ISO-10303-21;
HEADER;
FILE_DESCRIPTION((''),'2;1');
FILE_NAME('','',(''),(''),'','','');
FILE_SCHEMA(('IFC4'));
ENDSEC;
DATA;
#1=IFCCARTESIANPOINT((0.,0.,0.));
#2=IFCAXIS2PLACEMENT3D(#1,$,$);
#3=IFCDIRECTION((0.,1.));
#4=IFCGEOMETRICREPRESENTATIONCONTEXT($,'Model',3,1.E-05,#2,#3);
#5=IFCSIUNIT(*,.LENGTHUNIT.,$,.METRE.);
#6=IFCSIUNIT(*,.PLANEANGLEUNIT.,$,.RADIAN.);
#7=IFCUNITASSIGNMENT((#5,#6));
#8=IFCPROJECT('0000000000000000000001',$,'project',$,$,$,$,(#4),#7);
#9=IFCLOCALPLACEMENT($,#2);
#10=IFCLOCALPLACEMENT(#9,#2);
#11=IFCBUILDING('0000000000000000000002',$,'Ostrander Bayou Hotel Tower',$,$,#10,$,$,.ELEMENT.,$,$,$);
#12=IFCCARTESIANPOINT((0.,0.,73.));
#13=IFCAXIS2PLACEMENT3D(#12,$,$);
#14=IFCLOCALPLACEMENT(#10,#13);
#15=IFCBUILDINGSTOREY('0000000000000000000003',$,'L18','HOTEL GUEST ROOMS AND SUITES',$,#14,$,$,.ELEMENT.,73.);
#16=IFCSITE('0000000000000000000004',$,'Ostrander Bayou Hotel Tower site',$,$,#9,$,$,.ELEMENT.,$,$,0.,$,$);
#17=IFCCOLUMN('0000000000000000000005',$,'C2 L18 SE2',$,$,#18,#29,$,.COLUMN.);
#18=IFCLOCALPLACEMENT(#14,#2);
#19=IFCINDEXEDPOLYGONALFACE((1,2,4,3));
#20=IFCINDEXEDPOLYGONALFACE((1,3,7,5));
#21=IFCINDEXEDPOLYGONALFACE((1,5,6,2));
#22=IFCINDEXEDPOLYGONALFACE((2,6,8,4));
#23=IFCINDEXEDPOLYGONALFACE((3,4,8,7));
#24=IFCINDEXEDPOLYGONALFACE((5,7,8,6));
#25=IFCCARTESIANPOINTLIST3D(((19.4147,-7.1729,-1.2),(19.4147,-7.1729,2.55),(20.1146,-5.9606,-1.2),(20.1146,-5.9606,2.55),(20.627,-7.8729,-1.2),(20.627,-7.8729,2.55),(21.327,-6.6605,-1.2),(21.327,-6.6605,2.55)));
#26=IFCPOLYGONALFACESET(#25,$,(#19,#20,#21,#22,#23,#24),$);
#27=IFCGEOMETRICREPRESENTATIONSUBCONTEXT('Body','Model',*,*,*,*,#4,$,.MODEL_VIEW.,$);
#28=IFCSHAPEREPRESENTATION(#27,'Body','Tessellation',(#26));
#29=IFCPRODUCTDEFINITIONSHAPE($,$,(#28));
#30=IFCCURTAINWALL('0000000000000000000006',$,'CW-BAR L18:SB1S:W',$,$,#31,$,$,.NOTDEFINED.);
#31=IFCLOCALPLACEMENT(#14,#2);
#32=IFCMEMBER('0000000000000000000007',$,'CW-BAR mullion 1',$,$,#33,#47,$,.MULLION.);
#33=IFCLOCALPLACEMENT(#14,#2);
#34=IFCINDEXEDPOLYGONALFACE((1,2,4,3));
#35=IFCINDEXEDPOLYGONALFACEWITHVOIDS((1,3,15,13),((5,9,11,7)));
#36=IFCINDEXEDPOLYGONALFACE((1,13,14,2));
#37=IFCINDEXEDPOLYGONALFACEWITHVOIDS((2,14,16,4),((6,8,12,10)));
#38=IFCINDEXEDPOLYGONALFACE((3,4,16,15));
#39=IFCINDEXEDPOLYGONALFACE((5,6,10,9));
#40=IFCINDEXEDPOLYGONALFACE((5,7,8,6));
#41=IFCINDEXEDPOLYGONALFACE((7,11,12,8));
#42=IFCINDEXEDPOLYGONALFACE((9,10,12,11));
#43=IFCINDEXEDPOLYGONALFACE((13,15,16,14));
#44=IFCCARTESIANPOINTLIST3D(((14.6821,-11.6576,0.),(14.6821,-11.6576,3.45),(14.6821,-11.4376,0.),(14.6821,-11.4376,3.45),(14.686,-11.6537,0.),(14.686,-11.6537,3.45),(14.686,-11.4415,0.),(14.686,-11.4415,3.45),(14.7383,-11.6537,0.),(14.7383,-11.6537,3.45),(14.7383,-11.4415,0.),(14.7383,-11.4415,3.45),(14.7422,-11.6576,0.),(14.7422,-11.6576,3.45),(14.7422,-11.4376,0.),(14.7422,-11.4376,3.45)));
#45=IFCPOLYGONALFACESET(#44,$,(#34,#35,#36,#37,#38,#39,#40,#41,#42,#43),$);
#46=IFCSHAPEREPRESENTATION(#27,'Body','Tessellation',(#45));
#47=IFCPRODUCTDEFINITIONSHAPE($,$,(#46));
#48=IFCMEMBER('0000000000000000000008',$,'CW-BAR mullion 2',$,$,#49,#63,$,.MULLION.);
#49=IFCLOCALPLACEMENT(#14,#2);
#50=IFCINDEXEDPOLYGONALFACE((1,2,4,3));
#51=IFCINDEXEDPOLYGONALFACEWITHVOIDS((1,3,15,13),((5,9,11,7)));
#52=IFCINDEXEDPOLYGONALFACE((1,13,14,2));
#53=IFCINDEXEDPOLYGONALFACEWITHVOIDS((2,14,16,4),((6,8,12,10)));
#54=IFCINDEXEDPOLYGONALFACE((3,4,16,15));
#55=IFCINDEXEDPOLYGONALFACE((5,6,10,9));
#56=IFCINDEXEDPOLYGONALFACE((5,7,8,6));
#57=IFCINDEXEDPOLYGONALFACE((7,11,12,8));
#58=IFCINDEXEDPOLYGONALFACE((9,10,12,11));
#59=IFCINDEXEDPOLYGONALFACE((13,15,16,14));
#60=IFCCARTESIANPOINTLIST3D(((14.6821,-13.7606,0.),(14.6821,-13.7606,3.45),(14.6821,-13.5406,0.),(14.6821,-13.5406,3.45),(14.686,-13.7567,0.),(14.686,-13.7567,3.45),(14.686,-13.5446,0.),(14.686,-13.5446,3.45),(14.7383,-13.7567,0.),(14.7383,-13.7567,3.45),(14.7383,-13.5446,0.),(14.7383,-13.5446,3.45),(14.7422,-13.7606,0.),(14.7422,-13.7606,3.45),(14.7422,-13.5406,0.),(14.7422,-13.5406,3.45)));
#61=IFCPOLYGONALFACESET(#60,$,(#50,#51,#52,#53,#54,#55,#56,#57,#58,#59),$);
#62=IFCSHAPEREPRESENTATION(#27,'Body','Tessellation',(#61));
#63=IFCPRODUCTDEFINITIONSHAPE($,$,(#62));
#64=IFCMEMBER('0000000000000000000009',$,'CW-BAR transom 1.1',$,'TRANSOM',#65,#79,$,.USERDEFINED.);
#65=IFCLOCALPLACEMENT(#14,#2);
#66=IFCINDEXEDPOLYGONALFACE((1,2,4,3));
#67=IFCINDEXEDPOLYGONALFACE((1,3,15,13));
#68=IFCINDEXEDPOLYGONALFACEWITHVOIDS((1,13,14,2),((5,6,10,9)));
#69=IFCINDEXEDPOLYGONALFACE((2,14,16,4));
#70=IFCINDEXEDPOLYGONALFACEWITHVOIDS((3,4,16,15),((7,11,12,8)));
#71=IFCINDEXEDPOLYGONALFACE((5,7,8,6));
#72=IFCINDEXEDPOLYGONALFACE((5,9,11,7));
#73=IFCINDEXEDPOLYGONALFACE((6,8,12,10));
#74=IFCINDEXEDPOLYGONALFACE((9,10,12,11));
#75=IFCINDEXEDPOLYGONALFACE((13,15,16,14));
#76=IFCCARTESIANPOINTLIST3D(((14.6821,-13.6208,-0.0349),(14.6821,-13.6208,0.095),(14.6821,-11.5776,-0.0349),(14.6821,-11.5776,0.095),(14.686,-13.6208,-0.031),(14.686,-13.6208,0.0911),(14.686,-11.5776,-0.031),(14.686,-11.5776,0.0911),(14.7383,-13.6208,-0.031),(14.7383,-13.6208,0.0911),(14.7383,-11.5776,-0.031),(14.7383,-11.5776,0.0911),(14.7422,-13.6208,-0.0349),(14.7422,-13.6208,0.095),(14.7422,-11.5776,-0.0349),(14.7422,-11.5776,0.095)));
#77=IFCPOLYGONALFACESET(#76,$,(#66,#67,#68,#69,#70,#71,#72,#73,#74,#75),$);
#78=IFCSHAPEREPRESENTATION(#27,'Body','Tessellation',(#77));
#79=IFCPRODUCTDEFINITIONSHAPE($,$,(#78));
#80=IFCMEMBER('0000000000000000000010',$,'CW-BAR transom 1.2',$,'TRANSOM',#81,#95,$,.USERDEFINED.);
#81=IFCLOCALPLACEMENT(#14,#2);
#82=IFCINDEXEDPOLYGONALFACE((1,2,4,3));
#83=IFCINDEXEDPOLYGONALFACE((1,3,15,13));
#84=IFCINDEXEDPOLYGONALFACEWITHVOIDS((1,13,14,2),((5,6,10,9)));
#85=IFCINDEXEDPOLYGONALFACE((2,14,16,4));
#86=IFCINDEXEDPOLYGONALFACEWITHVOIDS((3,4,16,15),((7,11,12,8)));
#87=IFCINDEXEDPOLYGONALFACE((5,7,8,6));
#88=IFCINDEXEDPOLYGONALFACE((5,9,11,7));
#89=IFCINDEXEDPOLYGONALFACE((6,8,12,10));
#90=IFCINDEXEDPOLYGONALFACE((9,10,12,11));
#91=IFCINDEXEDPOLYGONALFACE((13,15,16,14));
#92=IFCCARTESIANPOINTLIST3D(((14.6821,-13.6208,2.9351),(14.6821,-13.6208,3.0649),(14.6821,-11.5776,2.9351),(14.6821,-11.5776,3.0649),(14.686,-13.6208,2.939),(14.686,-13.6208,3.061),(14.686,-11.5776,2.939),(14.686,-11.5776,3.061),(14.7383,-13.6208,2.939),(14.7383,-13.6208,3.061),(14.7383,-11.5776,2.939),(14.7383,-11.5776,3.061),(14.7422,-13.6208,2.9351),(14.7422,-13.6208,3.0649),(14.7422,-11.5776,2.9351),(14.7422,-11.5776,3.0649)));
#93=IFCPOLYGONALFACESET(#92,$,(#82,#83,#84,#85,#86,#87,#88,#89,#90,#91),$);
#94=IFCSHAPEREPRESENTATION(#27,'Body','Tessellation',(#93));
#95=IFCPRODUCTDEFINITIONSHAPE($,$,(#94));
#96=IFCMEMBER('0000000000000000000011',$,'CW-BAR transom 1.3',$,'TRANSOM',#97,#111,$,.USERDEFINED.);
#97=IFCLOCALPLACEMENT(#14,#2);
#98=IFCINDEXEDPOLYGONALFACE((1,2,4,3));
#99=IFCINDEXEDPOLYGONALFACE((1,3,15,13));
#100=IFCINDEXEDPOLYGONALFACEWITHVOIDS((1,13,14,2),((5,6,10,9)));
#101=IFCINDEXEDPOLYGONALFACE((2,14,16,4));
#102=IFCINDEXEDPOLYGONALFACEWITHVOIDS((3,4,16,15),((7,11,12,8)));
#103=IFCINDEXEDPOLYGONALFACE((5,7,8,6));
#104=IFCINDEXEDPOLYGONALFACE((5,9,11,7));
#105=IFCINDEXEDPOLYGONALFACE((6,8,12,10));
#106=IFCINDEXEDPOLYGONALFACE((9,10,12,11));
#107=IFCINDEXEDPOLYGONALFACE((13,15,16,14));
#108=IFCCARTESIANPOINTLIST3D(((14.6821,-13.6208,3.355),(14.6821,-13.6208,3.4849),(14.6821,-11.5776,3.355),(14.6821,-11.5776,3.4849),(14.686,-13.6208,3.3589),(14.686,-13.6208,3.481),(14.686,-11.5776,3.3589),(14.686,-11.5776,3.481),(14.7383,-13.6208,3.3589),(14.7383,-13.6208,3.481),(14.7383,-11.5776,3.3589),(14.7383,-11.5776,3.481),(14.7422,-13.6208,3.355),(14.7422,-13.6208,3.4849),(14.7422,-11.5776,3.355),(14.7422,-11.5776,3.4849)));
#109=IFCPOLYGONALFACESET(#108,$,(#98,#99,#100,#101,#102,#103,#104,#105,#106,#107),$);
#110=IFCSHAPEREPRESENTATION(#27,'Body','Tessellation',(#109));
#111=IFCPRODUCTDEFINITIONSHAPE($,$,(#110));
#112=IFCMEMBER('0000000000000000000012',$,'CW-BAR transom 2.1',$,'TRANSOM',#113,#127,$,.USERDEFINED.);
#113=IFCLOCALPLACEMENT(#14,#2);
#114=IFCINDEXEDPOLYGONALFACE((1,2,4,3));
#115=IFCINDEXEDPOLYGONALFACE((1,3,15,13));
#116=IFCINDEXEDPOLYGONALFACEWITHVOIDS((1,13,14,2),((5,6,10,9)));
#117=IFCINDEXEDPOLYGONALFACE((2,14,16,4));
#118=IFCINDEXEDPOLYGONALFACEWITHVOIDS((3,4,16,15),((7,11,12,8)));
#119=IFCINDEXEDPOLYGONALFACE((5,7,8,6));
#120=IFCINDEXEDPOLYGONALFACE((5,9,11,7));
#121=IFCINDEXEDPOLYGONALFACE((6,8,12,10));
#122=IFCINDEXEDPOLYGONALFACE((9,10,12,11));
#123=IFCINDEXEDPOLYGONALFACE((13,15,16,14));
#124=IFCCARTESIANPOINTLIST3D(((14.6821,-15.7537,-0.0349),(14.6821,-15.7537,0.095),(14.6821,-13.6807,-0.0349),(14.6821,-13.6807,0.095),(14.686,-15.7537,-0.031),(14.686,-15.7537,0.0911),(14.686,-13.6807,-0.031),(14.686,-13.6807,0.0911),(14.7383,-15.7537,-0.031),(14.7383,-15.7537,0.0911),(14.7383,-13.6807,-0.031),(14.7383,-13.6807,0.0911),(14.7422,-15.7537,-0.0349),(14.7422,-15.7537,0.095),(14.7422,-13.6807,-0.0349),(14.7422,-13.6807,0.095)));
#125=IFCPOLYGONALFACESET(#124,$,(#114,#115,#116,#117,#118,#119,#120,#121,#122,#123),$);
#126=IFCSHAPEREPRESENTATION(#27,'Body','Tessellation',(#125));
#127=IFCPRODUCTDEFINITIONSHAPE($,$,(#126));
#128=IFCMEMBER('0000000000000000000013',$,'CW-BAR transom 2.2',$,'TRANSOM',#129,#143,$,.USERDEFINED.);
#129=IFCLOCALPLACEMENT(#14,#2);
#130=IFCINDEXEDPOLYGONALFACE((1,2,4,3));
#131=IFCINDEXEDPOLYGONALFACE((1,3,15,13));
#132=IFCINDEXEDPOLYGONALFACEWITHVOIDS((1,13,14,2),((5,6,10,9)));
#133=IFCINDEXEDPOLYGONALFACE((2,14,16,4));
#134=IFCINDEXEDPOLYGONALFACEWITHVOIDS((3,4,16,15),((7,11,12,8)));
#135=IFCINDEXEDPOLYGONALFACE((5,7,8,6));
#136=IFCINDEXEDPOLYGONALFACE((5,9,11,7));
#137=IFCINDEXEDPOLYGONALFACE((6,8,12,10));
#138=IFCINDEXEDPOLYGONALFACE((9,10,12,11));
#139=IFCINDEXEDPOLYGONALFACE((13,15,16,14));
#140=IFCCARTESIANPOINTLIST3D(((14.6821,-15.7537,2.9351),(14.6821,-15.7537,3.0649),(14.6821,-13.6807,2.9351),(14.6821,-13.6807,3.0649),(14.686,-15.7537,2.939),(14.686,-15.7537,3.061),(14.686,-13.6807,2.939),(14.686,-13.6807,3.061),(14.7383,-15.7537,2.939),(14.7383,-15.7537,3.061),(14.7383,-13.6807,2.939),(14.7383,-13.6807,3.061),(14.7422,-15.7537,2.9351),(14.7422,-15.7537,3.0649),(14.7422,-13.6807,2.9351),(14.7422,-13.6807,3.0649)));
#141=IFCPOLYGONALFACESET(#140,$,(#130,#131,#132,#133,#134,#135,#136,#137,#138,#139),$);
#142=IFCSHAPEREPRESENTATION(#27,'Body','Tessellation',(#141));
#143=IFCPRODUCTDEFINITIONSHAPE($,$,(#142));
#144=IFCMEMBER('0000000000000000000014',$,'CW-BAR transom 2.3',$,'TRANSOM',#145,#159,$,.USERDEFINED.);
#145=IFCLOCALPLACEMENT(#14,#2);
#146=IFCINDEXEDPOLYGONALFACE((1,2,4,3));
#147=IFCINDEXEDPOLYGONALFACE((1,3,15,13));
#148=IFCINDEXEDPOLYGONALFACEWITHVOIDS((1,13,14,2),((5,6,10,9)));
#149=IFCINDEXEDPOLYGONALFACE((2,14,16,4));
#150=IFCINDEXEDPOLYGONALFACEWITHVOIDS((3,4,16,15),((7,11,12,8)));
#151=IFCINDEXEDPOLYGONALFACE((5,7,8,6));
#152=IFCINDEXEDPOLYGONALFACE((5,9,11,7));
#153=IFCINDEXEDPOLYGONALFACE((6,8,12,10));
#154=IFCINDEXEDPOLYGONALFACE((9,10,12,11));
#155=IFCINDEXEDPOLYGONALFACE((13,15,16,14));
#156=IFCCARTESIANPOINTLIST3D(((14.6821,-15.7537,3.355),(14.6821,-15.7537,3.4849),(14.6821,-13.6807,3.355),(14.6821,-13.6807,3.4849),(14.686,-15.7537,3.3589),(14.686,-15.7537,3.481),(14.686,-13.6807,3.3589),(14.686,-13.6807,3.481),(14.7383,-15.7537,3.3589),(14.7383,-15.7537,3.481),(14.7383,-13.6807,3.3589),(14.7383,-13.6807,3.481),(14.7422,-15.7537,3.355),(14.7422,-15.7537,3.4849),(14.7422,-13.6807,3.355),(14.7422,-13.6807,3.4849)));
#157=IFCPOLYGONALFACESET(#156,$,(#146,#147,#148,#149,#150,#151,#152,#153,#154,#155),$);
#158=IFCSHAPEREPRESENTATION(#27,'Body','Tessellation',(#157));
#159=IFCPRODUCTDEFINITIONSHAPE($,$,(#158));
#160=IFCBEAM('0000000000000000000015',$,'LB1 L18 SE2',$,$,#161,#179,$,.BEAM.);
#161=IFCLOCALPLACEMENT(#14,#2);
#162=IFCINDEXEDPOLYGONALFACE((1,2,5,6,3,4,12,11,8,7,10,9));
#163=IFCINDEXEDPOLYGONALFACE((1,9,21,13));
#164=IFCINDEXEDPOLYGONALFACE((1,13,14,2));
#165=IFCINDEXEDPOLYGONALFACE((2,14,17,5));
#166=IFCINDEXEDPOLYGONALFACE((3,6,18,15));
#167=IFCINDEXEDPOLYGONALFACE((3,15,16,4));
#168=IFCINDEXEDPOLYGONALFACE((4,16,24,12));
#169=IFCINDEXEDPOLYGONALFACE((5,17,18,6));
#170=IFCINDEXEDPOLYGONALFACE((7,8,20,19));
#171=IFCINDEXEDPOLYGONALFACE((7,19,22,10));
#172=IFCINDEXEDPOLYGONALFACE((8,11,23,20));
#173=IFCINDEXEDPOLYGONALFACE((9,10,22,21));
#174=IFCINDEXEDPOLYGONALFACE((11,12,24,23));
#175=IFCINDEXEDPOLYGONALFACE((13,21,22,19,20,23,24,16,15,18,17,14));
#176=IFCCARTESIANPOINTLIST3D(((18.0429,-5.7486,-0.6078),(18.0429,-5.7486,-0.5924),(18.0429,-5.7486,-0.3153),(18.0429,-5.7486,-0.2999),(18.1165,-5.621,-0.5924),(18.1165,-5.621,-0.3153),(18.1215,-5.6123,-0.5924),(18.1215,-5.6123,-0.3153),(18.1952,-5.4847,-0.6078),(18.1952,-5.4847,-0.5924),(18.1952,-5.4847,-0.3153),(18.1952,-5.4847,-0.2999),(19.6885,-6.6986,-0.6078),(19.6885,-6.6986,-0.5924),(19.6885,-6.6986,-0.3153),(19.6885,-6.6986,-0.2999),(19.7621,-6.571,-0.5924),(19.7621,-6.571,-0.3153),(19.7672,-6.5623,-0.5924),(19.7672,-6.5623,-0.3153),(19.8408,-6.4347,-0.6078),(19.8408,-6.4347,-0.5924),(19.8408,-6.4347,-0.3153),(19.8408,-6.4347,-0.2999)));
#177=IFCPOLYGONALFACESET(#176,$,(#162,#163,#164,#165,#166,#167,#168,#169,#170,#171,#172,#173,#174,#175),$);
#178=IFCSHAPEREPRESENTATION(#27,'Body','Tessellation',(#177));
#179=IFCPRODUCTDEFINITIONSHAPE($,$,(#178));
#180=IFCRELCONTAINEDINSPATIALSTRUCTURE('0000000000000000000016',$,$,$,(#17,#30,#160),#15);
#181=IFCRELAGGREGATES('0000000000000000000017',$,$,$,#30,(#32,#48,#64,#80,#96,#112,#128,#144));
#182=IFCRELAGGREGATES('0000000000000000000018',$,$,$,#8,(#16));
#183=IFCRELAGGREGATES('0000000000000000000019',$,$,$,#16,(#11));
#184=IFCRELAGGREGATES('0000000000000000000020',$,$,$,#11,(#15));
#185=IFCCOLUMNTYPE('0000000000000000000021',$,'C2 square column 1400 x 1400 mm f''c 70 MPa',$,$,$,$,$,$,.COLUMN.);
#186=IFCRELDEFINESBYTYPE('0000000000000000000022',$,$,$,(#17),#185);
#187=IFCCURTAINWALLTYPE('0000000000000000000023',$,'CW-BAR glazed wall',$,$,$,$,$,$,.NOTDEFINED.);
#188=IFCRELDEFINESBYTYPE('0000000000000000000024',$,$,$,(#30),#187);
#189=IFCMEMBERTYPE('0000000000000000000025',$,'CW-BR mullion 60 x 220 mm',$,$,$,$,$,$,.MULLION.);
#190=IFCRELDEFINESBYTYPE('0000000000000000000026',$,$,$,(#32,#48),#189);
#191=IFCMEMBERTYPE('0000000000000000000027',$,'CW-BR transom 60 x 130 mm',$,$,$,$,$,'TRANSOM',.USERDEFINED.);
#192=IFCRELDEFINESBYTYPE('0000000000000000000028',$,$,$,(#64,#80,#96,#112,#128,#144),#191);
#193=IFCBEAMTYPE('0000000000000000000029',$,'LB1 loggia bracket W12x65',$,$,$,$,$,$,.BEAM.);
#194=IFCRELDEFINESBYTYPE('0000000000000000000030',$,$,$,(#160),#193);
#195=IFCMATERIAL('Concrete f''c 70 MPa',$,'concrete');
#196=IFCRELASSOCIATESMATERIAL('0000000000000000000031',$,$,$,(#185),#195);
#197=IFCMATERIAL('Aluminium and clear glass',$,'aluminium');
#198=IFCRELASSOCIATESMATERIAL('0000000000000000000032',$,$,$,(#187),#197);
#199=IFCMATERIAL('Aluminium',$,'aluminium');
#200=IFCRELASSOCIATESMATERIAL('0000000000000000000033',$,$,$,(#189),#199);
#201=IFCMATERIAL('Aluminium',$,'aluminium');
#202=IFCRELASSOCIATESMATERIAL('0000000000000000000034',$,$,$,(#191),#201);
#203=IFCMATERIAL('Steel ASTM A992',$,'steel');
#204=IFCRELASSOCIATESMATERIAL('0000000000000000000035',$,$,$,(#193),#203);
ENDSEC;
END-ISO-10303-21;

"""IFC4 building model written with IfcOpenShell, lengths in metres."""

from ifc_helpers import new_model, si_unit, direction, frame, origin, origin_2d, place, context, subcontext, project, spatial, rectangle, hollow_rectangle, i_section, extrude, material, material_profile, profile_set, type_object, element, aggregate, save


model = new_model("IFC4")

# Units and contexts
model_context = context("Model", 3, precision=1e-05, world=origin(), true_north=direction((0.0, 1.0)))
body_context = subcontext(model_context, "Body", "Model", "MODEL_VIEW")
ifc_project = project(units=[si_unit("LENGTHUNIT", "METRE"), si_unit("PLANEANGLEUNIT", "RADIAN")], contexts=[model_context])

# Site, building, storey
site_placement = place(None, origin())
site = spatial("IfcSite", under=ifc_project, at=site_placement, Name="Ostrander Bayou Hotel Tower site", CompositionType="ELEMENT", RefElevation=0.0)
building_placement = place(site_placement, origin())
building = spatial("IfcBuilding", under=site, at=building_placement, Name="Ostrander Bayou Hotel Tower", CompositionType="ELEMENT")
storey_placement = place(building_placement, frame((0.0, 0.0, 73.0)))
storey = spatial("IfcBuildingStorey", under=building, at=storey_placement, Name="L18", Description="HOTEL GUEST ROOMS AND SUITES", CompositionType="ELEMENT", Elevation=73.0)

# Column
ifc_material_1 = material(Name="Concrete f'c 70 MPa", Category="concrete")
ifc_material_profile_1 = material_profile(ifc_material_1, rectangle(XDim=1.3999, YDim=1.3999, at=origin_2d()))
ifc_profile_set_1 = profile_set([ifc_material_profile_1], Name="Concrete f'c 70 MPa")
column_type = type_object("IfcColumnType", Name="C2 square column 1400 x 1400 mm f'c 70 MPa", PredefinedType="COLUMN", material=ifc_profile_set_1)
column_placement = place(storey_placement, frame((20.3708, -6.9167, -1.2), z_axis=(0.0, 0.0, 1.0), x_axis=(-0.5, -0.866025, 0.0)))
element("IfcColumn", 1, at=column_placement, inside=storey, type_object=column_type, Name="C2 L18 SE2", PredefinedType="COLUMN", context=body_context, shape_type="SweptSolid", body=[
    extrude(rectangle(XDim=1.3999, YDim=1.3999, at=origin_2d()), origin(), (0.0, 0.0, 1.0), 3.75),
])

# Curtain wall, members
ifc_material_2 = material(Name="Aluminium and clear glass", Category="aluminium")
curtain_wall_type = type_object("IfcCurtainWallType", Name="CW-BAR glazed wall", PredefinedType="NOTDEFINED", material=ifc_material_2)
curtain_wall_placement = place(storey_placement, origin())
curtain_wall = element("IfcCurtainWall", 2, at=curtain_wall_placement, inside=storey, type_object=curtain_wall_type, Name="CW-BAR L18:SB1S:W", PredefinedType="NOTDEFINED")
ifc_material_3 = material(Name="Aluminium", Category="aluminium")
ifc_material_profile_2 = material_profile(ifc_material_3, hollow_rectangle(XDim=0.0601, YDim=0.22, WallThickness=0.0039, at=origin_2d()))
ifc_profile_set_2 = profile_set([ifc_material_profile_2], Name="Aluminium")
member_type_1 = type_object("IfcMemberType", Name="CW-BR mullion 60 x 220 mm", PredefinedType="MULLION", material=ifc_profile_set_2)
member_1_placement = place(storey_placement, frame((14.7122, -11.5476, 0.0), z_axis=(0.0, 0.0, 1.0), x_axis=(1.0, 0.0, 0.0)))
member_1 = element("IfcMember", 3, at=member_1_placement, type_object=member_type_1, Name="CW-BAR mullion 1", PredefinedType="MULLION", context=body_context, shape_type="SweptSolid", body=[
    extrude(hollow_rectangle(XDim=0.0601, YDim=0.22, WallThickness=0.0039, at=origin_2d()), origin(), (0.0, 0.0, 1.0), 3.45),
])
member_2_placement = place(storey_placement, frame((14.7122, -13.6506, 0.0), z_axis=(0.0, 0.0, 1.0), x_axis=(1.0, 0.0, 0.0)))
member_2 = element("IfcMember", 4, at=member_2_placement, type_object=member_type_1, Name="CW-BAR mullion 2", PredefinedType="MULLION", context=body_context, shape_type="SweptSolid", body=[
    extrude(hollow_rectangle(XDim=0.0601, YDim=0.22, WallThickness=0.0039, at=origin_2d()), origin(), (0.0, 0.0, 1.0), 3.45),
])
ifc_material_4 = material(Name="Aluminium", Category="aluminium")
ifc_material_profile_3 = material_profile(ifc_material_4, hollow_rectangle(XDim=0.0601, YDim=0.1299, WallThickness=0.0039, at=origin_2d()))
ifc_profile_set_3 = profile_set([ifc_material_profile_3], Name="Aluminium")
member_type_2 = type_object("IfcMemberType", Name="CW-BR transom 60 x 130 mm", ElementType="TRANSOM", PredefinedType="USERDEFINED", material=ifc_profile_set_3)
member_3_placement = place(storey_placement, frame((14.7122, -11.5776, 0.03), z_axis=(0.0, -1.0, 0.0), x_axis=(1.0, 0.0, 0.0)))
member_3 = element("IfcMember", 5, at=member_3_placement, type_object=member_type_2, Name="CW-BAR transom 1.1", ObjectType="TRANSOM", PredefinedType="USERDEFINED", context=body_context, shape_type="SweptSolid", body=[
    extrude(hollow_rectangle(XDim=0.0601, YDim=0.1299, WallThickness=0.0039, at=origin_2d()), origin(), (0.0, 0.0, 1.0), 2.0432),
])
member_4_placement = place(storey_placement, frame((14.7122, -11.5776, 3.0), z_axis=(0.0, -1.0, 0.0), x_axis=(1.0, 0.0, 0.0)))
member_4 = element("IfcMember", 6, at=member_4_placement, type_object=member_type_2, Name="CW-BAR transom 1.2", ObjectType="TRANSOM", PredefinedType="USERDEFINED", context=body_context, shape_type="SweptSolid", body=[
    extrude(hollow_rectangle(XDim=0.0601, YDim=0.1299, WallThickness=0.0039, at=origin_2d()), origin(), (0.0, 0.0, 1.0), 2.0432),
])
member_5_placement = place(storey_placement, frame((14.7122, -11.5776, 3.4199), z_axis=(0.0, -1.0, 0.0), x_axis=(1.0, 0.0, 0.0)))
member_5 = element("IfcMember", 7, at=member_5_placement, type_object=member_type_2, Name="CW-BAR transom 1.3", ObjectType="TRANSOM", PredefinedType="USERDEFINED", context=body_context, shape_type="SweptSolid", body=[
    extrude(hollow_rectangle(XDim=0.0601, YDim=0.1299, WallThickness=0.0039, at=origin_2d()), origin(), (0.0, 0.0, 1.0), 2.0432),
])
member_6_placement = place(storey_placement, frame((14.7122, -13.6807, 0.03), z_axis=(0.0, -1.0, 0.0), x_axis=(1.0, 0.0, 0.0)))
member_6 = element("IfcMember", 8, at=member_6_placement, type_object=member_type_2, Name="CW-BAR transom 2.1", ObjectType="TRANSOM", PredefinedType="USERDEFINED", context=body_context, shape_type="SweptSolid", body=[
    extrude(hollow_rectangle(XDim=0.0601, YDim=0.1299, WallThickness=0.0039, at=origin_2d()), origin(), (0.0, 0.0, 1.0), 2.073),
])
member_7_placement = place(storey_placement, frame((14.7122, -13.6807, 3.0), z_axis=(0.0, -1.0, 0.0), x_axis=(1.0, 0.0, 0.0)))
member_7 = element("IfcMember", 9, at=member_7_placement, type_object=member_type_2, Name="CW-BAR transom 2.2", ObjectType="TRANSOM", PredefinedType="USERDEFINED", context=body_context, shape_type="SweptSolid", body=[
    extrude(hollow_rectangle(XDim=0.0601, YDim=0.1299, WallThickness=0.0039, at=origin_2d()), origin(), (0.0, 0.0, 1.0), 2.073),
])
member_8_placement = place(storey_placement, frame((14.7122, -13.6807, 3.4199), z_axis=(0.0, -1.0, 0.0), x_axis=(1.0, 0.0, 0.0)))
member_8 = element("IfcMember", 10, at=member_8_placement, type_object=member_type_2, Name="CW-BAR transom 2.3", ObjectType="TRANSOM", PredefinedType="USERDEFINED", context=body_context, shape_type="SweptSolid", body=[
    extrude(hollow_rectangle(XDim=0.0601, YDim=0.1299, WallThickness=0.0039, at=origin_2d()), origin(), (0.0, 0.0, 1.0), 2.073),
])

# Beam
ifc_material_5 = material(Name="Steel ASTM A992", Category="steel")
ifc_material_profile_4 = material_profile(ifc_material_5, i_section(OverallWidth=0.3047, OverallDepth=0.3079, WebThickness=0.01, FlangeThickness=0.0154, at=origin_2d()))
ifc_profile_set_4 = profile_set([ifc_material_profile_4], Name="Steel ASTM A992")
beam_type_1 = type_object("IfcBeamType", Name="LB1 loggia bracket W12x65", PredefinedType="BEAM", material=ifc_profile_set_4)
beam_1_placement = place(storey_placement, frame((19.7646, -6.5667, -0.4539), z_axis=(-0.866044, 0.499967, 0.0), x_axis=(-0.499967, -0.866044, 0.0)))
element("IfcBeam", 11, at=beam_1_placement, inside=storey, type_object=beam_type_1, Name="LB1 L18 SE2", PredefinedType="BEAM", context=body_context, shape_type="SweptSolid", body=[
    extrude(i_section(OverallWidth=0.3047, OverallDepth=0.3079, WebThickness=0.01, FlangeThickness=0.0154, at=origin_2d()), origin(), (0.0, 0.0, 1.0), 1.9001),
])

aggregate(curtain_wall, [member_1, member_2, member_3, member_4, member_5, member_6, member_7, member_8])

save(model, "model.ifc")
